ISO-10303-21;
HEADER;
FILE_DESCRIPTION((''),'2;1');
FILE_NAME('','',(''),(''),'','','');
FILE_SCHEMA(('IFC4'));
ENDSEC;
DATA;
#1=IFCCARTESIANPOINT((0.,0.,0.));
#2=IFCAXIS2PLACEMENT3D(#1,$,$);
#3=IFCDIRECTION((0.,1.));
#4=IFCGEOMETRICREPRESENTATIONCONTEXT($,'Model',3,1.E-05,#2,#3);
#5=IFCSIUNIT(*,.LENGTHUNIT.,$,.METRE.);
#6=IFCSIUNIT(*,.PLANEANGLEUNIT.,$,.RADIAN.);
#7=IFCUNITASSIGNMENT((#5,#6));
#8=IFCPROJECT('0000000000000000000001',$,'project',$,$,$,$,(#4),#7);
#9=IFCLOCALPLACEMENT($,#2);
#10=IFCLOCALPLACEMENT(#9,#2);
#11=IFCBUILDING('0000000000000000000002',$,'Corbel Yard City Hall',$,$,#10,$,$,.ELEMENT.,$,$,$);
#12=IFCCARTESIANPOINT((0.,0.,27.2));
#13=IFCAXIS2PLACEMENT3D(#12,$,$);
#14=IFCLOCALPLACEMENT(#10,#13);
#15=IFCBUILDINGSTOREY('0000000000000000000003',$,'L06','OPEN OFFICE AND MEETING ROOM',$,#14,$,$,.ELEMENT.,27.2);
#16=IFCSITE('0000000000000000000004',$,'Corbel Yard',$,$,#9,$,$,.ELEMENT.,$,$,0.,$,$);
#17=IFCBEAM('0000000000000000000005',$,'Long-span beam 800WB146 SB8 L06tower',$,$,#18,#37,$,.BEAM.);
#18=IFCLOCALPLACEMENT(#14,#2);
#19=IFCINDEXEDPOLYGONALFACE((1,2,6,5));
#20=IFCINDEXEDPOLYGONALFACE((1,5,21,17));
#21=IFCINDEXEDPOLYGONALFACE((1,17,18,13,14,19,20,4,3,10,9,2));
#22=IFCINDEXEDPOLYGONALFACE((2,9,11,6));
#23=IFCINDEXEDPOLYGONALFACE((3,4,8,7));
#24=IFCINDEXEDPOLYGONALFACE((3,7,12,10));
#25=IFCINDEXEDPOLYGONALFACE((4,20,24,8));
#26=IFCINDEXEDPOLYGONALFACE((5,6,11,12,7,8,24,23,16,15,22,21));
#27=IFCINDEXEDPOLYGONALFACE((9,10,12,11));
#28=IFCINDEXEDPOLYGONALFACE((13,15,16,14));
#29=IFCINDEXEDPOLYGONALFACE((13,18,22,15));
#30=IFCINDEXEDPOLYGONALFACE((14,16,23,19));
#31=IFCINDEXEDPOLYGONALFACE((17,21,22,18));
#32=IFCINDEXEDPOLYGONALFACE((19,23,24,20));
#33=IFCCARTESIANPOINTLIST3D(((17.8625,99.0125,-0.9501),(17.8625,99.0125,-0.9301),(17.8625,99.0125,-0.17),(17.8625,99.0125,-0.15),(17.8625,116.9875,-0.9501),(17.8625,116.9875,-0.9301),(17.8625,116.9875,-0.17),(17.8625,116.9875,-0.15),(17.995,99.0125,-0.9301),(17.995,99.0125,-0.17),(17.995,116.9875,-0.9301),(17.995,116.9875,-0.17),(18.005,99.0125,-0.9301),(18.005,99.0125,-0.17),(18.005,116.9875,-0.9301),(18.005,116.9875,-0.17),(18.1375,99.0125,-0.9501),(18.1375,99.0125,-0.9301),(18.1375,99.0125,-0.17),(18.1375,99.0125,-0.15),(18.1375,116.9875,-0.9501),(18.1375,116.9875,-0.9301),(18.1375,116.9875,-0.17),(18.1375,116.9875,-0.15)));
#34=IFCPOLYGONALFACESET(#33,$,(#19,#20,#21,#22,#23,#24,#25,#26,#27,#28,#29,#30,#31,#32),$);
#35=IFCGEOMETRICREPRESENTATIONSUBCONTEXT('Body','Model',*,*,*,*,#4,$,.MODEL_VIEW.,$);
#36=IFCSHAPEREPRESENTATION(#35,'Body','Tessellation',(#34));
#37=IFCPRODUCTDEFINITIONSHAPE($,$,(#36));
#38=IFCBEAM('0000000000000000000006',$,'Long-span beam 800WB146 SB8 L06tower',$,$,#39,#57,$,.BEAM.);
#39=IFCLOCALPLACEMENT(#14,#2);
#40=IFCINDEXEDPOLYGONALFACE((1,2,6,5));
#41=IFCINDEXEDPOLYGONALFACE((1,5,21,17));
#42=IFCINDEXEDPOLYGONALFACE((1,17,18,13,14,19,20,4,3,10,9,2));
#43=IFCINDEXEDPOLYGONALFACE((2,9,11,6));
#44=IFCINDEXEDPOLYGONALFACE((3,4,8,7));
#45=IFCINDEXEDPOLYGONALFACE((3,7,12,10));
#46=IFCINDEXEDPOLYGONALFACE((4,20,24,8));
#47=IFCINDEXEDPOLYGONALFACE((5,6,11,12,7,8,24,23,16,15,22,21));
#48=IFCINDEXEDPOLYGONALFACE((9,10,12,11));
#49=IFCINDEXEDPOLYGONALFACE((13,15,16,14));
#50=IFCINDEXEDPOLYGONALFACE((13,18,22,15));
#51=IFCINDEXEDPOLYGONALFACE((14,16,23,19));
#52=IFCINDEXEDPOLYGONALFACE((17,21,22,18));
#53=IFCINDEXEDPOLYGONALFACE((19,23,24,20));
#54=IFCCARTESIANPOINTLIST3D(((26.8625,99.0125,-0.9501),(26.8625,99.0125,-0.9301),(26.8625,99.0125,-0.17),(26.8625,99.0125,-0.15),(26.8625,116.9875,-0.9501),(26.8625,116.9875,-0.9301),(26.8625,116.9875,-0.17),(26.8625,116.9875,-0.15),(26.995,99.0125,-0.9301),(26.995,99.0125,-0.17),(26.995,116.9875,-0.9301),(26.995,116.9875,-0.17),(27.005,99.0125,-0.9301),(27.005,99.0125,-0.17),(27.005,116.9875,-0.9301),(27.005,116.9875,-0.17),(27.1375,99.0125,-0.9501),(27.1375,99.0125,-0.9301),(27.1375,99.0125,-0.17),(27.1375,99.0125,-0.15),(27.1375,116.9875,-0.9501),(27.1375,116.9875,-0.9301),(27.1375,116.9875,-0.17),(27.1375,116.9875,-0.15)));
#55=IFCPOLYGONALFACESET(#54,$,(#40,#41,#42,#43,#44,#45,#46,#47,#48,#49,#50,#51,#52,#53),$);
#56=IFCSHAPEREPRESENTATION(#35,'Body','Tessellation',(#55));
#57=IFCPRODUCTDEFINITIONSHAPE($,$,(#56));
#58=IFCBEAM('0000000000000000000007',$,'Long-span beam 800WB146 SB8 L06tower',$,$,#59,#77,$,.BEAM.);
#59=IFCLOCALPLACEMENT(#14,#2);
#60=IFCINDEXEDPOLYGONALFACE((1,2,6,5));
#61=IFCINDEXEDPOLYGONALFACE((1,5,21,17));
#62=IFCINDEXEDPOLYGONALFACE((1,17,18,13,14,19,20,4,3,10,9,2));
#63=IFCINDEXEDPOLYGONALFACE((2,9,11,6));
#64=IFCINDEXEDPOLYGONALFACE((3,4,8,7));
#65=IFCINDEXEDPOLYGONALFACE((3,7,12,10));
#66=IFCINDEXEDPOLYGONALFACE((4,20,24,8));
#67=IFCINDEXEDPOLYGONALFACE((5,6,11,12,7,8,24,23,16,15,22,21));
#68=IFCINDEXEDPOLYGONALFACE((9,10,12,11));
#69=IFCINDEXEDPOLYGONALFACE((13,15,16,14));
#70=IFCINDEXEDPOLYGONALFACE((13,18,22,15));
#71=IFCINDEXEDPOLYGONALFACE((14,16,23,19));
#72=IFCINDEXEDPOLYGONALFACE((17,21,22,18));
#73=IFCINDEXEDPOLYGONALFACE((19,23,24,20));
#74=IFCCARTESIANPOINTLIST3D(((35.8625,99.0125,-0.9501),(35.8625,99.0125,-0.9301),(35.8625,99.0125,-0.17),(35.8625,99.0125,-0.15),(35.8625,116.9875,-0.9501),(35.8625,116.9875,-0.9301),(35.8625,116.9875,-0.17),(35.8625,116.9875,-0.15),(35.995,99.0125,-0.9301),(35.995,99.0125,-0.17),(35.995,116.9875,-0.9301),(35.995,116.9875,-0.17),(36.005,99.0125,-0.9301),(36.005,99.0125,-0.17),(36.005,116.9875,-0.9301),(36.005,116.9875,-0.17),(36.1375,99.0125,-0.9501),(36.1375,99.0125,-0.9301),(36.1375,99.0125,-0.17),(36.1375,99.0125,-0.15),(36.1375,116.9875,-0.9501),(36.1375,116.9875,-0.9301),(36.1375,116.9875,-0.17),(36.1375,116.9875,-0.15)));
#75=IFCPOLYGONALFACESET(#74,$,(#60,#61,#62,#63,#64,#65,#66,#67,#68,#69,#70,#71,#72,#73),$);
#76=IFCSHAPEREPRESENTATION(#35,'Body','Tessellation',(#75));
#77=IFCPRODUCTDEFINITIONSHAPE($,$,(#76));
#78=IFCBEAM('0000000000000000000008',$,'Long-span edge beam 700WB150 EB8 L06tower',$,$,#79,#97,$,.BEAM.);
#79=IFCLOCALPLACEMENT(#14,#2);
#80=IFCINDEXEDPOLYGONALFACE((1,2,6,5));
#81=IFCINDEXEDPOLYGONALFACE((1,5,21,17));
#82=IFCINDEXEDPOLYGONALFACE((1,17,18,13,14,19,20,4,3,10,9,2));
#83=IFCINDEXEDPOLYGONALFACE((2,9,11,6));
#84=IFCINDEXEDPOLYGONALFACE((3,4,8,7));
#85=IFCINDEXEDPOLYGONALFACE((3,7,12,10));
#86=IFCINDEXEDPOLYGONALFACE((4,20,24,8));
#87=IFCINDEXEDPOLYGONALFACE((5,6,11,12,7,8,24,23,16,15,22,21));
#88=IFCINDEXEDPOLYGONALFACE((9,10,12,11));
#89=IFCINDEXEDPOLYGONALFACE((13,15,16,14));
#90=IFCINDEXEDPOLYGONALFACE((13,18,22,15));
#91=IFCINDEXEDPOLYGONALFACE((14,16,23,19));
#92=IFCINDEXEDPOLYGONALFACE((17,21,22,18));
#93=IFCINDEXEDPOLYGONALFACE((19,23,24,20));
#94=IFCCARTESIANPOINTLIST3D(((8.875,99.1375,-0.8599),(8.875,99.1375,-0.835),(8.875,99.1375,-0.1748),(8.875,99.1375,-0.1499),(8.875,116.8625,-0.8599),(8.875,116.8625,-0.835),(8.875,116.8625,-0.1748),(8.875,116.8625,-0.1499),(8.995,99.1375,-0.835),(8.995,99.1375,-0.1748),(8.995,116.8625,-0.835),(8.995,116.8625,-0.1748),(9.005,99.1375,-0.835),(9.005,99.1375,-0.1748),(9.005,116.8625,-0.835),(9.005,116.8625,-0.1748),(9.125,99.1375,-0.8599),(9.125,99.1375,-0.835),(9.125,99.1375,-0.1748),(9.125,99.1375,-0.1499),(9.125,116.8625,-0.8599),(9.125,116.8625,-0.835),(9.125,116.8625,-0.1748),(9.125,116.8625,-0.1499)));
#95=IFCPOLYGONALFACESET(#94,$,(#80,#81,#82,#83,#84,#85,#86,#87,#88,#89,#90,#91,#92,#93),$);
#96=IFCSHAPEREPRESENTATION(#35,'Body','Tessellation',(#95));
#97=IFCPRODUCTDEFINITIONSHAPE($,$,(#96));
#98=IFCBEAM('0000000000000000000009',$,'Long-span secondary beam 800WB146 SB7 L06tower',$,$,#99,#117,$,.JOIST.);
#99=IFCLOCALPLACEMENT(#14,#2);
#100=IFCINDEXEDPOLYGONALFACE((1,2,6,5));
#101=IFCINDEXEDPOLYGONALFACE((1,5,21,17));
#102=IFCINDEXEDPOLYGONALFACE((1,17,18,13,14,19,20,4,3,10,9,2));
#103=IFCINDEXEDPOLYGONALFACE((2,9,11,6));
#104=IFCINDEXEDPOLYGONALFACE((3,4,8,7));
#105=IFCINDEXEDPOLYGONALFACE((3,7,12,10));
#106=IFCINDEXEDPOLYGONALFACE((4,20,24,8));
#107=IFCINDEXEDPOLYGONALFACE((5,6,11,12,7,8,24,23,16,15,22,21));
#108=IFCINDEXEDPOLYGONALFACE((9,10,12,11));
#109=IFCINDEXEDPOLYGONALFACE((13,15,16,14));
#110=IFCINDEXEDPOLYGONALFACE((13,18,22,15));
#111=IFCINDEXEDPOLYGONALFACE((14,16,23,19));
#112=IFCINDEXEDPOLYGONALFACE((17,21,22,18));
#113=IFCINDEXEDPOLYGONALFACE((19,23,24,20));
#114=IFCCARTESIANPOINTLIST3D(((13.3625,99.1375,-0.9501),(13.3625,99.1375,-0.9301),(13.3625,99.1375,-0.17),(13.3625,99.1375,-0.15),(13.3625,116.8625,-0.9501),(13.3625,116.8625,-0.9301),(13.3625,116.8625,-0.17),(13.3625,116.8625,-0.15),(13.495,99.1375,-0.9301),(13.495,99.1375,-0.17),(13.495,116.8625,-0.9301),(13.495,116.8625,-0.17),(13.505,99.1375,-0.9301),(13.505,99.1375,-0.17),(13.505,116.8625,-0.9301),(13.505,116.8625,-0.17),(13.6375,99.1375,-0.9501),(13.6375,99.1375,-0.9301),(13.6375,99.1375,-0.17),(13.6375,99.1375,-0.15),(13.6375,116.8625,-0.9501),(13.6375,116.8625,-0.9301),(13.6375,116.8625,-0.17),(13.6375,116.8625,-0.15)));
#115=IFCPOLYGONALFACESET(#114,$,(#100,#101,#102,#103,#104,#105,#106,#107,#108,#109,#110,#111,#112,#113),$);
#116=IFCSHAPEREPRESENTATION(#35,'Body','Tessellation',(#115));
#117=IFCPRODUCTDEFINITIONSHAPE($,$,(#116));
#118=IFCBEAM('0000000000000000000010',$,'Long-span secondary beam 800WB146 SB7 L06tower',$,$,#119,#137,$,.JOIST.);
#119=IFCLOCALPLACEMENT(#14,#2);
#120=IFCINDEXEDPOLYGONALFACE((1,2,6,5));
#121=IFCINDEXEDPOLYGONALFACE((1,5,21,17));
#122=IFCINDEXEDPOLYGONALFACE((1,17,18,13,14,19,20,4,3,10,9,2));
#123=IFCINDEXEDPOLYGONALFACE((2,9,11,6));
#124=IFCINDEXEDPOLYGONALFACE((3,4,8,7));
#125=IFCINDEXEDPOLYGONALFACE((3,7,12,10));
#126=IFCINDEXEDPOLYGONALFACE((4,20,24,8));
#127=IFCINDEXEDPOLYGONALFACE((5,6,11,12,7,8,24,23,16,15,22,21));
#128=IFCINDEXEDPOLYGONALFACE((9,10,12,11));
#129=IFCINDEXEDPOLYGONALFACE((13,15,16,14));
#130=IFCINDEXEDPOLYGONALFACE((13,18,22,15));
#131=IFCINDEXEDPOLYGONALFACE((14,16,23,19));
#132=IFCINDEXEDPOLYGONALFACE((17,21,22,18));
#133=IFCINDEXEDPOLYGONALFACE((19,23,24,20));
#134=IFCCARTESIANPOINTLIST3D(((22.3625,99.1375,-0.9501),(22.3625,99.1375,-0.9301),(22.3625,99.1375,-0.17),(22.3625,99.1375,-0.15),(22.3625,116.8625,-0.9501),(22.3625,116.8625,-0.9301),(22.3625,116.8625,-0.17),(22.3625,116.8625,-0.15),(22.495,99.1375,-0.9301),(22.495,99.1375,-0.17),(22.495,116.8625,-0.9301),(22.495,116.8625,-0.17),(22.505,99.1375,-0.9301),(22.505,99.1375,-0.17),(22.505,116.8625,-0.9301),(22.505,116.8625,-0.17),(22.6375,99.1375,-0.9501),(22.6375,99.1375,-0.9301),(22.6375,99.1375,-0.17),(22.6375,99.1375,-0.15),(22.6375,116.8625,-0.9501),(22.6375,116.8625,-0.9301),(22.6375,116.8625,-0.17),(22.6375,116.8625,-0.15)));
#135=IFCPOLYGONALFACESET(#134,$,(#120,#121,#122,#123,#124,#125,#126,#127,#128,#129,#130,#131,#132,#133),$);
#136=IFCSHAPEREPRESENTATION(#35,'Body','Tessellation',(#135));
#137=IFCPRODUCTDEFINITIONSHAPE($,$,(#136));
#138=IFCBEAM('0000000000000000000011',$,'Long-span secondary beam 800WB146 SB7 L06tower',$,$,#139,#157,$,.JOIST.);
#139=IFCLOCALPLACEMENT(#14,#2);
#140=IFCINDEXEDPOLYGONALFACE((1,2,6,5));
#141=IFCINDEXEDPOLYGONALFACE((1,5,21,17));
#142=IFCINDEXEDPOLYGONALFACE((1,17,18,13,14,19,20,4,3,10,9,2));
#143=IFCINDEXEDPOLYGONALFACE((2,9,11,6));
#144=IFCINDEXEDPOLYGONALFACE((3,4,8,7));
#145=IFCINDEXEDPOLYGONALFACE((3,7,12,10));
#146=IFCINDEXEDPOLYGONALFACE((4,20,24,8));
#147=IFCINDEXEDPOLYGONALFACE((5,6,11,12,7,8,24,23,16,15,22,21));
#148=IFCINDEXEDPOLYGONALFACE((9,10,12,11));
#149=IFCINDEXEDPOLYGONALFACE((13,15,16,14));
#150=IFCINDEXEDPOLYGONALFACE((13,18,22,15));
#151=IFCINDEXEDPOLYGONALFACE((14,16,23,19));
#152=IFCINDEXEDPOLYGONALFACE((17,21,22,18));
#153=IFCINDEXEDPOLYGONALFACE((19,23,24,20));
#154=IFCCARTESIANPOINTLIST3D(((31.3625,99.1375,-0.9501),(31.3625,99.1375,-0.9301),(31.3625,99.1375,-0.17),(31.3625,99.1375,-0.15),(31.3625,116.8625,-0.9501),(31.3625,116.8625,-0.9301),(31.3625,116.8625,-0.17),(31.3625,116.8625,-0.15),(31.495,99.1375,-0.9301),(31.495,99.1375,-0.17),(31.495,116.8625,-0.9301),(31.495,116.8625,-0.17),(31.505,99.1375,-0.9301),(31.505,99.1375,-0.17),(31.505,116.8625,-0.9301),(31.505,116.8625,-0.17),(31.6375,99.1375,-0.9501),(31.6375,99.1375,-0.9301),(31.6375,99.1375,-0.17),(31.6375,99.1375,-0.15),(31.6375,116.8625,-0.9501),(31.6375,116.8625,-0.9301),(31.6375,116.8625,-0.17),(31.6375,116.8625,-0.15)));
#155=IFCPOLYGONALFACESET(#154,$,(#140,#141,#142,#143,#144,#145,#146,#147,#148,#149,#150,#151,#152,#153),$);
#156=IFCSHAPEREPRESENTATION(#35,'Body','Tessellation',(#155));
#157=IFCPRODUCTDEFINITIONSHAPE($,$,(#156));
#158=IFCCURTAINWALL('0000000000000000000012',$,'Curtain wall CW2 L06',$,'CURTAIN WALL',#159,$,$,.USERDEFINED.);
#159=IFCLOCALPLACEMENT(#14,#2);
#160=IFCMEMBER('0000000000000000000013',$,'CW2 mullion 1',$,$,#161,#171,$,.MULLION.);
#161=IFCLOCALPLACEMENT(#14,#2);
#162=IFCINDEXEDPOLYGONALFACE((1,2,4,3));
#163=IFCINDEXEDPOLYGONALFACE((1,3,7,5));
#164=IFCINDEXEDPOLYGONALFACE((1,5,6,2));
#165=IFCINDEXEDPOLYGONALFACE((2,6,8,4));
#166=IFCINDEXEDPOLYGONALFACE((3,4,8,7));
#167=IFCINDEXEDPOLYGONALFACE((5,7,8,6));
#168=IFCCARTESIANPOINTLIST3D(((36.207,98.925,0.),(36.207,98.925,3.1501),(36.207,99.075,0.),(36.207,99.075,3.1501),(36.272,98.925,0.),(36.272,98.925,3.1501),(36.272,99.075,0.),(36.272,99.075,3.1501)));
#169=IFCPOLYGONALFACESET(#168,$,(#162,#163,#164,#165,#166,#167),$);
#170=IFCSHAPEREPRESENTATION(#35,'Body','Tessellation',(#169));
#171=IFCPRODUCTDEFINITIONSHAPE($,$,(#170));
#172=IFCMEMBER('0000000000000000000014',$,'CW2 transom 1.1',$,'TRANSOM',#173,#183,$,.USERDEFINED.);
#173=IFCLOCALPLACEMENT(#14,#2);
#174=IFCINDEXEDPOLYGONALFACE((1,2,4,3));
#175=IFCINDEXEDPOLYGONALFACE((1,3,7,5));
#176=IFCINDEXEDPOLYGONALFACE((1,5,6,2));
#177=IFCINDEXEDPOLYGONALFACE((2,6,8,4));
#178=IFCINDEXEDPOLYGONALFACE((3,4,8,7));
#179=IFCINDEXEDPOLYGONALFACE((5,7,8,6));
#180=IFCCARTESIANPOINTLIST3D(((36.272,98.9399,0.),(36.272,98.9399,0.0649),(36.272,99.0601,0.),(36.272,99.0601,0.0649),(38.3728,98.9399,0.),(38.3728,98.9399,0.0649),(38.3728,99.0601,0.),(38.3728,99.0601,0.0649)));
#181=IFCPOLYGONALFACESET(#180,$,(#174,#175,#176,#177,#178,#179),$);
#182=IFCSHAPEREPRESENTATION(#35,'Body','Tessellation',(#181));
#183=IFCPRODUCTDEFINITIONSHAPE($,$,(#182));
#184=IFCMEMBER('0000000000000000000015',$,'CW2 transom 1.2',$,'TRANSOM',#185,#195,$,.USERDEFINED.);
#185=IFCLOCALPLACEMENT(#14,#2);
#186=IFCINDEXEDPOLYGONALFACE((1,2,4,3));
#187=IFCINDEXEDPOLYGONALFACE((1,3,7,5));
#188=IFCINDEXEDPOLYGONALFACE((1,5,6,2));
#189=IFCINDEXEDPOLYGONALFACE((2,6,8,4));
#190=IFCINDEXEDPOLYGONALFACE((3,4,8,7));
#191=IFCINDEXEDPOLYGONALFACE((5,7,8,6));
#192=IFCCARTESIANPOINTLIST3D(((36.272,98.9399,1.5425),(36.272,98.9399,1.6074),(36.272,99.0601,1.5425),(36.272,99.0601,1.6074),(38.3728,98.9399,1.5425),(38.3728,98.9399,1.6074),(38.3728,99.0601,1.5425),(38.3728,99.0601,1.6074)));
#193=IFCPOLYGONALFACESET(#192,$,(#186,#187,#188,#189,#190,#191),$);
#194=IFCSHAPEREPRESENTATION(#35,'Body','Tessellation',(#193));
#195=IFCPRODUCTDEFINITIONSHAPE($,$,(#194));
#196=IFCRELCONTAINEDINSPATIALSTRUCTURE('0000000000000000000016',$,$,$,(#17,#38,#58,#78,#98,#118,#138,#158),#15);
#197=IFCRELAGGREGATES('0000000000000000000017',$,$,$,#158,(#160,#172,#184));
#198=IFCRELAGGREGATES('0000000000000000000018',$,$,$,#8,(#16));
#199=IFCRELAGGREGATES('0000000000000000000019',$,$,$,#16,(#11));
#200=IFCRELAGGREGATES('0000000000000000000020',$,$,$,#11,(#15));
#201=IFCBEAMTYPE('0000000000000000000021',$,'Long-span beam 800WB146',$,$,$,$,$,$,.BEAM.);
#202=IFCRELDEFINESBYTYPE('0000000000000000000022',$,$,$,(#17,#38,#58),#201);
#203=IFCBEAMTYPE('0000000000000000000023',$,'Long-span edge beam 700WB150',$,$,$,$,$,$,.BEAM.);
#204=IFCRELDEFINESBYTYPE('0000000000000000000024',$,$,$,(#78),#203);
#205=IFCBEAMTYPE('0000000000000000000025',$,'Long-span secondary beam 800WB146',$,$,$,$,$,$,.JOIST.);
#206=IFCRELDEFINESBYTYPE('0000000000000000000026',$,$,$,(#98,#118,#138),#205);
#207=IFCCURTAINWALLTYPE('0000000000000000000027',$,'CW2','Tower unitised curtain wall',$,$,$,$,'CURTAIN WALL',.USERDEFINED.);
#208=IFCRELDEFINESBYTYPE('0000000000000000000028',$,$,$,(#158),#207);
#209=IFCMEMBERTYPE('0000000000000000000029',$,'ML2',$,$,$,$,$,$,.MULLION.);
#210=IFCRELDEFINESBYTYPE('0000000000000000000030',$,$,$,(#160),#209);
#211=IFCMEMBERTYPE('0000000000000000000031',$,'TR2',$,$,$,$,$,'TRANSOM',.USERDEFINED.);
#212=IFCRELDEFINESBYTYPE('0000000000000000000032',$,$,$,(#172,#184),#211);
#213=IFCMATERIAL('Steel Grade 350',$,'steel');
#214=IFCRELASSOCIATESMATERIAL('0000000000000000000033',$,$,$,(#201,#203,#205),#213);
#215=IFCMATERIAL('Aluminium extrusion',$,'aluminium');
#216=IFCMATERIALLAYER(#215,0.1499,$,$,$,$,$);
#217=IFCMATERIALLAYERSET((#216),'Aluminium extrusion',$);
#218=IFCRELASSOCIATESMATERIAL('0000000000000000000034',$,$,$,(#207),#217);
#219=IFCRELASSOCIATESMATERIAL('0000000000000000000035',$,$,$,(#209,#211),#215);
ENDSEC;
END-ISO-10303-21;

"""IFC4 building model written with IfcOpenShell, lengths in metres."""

from ifc_helpers import new_model, si_unit, direction, frame, origin, origin_2d, place, context, subcontext, project, spatial, rectangle, i_section, extrude, material, layer, layer_set, material_profile, profile_set, type_object, element, aggregate, save


model = new_model("IFC4")

# Units and contexts
model_context = context("Model", 3, precision=1e-05, world=origin(), true_north=direction((0.0, 1.0)))
body_context = subcontext(model_context, "Body", "Model", "MODEL_VIEW")
ifc_project = project(units=[si_unit("LENGTHUNIT", "METRE"), si_unit("PLANEANGLEUNIT", "RADIAN")], contexts=[model_context])

# Site, building, storey
site_placement = place(None, origin())
site = spatial("IfcSite", under=ifc_project, at=site_placement, Name="Corbel Yard", CompositionType="ELEMENT", RefElevation=0.0)
building_placement = place(site_placement, origin())
building = spatial("IfcBuilding", under=site, at=building_placement, Name="Corbel Yard City Hall", CompositionType="ELEMENT")
storey_placement = place(building_placement, frame((0.0, 0.0, 27.2)))
storey = spatial("IfcBuildingStorey", under=building, at=storey_placement, Name="L06", Description="OPEN OFFICE AND MEETING ROOM", CompositionType="ELEMENT", Elevation=27.2)

# Beams
ifc_material_1 = material(Name="Steel Grade 350", Category="steel")
ifc_material_profile_1 = material_profile(ifc_material_1, i_section(OverallWidth=0.2749, OverallDepth=0.8, WebThickness=0.01, FlangeThickness=0.02, at=origin_2d()), Name="800WB146")
ifc_profile_set_1 = profile_set([ifc_material_profile_1], Name="Steel Grade 350")
beam_type_1 = type_object("IfcBeamType", Name="Long-span beam 800WB146", PredefinedType="BEAM", material=ifc_profile_set_1)
for number, where, z_axis, x_axis, name in (
    (1, (18.0, 99.0125, -0.55), (0.0, 1.0, 0.0), (-1.0, 0.0, 0.0), "Long-span beam 800WB146 SB8 L06tower"),
    (2, (27.0, 99.0125, -0.55), (0.0, 1.0, 0.0), (-1.0, 0.0, 0.0), "Long-span beam 800WB146 SB8 L06tower"),
    (3, (36.0, 99.0125, -0.55), (0.0, 1.0, 0.0), (-1.0, 0.0, 0.0), "Long-span beam 800WB146 SB8 L06tower"),
):
    element("IfcBeam", number, at=place(storey_placement, frame(where, z_axis=z_axis, x_axis=x_axis)), inside=storey, type_object=beam_type_1, Name=name, PredefinedType="BEAM", context=body_context, shape_type="SweptSolid", body=[
        extrude(i_section(OverallWidth=0.2749, OverallDepth=0.8, WebThickness=0.01, FlangeThickness=0.02, at=origin_2d()), origin(), (0.0, 0.0, 1.0), 17.9751),
    ])
ifc_material_profile_2 = material_profile(ifc_material_1, i_section(OverallWidth=0.25, OverallDepth=0.71, WebThickness=0.01, FlangeThickness=0.0249, at=origin_2d()), Name="700WB150")
ifc_profile_set_2 = profile_set([ifc_material_profile_2], Name="Steel Grade 350")
beam_type_2 = type_object("IfcBeamType", Name="Long-span edge beam 700WB150", PredefinedType="BEAM", material=ifc_profile_set_2)
beam_placement = place(storey_placement, frame((9.0, 99.1375, -0.5049), z_axis=(0.0, 1.0, 0.0), x_axis=(-1.0, 0.0, 0.0)))
element("IfcBeam", 4, at=beam_placement, inside=storey, type_object=beam_type_2, Name="Long-span edge beam 700WB150 EB8 L06tower", PredefinedType="BEAM", context=body_context, shape_type="SweptSolid", body=[
    extrude(i_section(OverallWidth=0.25, OverallDepth=0.71, WebThickness=0.01, FlangeThickness=0.0249, at=origin_2d()), origin(), (0.0, 0.0, 1.0), 17.7251),
])
ifc_material_profile_3 = material_profile(ifc_material_1, i_section(OverallWidth=0.2749, OverallDepth=0.8, WebThickness=0.01, FlangeThickness=0.02, at=origin_2d()), Name="800WB146")
ifc_profile_set_3 = profile_set([ifc_material_profile_3], Name="Steel Grade 350")
beam_type_3 = type_object("IfcBeamType", Name="Long-span secondary beam 800WB146", PredefinedType="JOIST", material=ifc_profile_set_3)
for number, where, z_axis, x_axis, name in (
    (5, (13.5, 99.1375, -0.55), (0.0, 1.0, 0.0), (-1.0, 0.0, 0.0), "Long-span secondary beam 800WB146 SB7 L06tower"),
    (6, (22.5, 99.1375, -0.55), (0.0, 1.0, 0.0), (-1.0, 0.0, 0.0), "Long-span secondary beam 800WB146 SB7 L06tower"),
    (7, (31.5, 99.1375, -0.55), (0.0, 1.0, 0.0), (-1.0, 0.0, 0.0), "Long-span secondary beam 800WB146 SB7 L06tower"),
):
    element("IfcBeam", number, at=place(storey_placement, frame(where, z_axis=z_axis, x_axis=x_axis)), inside=storey, type_object=beam_type_3, Name=name, PredefinedType="JOIST", context=body_context, shape_type="SweptSolid", body=[
        extrude(i_section(OverallWidth=0.2749, OverallDepth=0.8, WebThickness=0.01, FlangeThickness=0.02, at=origin_2d()), origin(), (0.0, 0.0, 1.0), 17.7251),
    ])

# Curtain wall, members
ifc_material_2 = material(Name="Aluminium extrusion", Category="aluminium")
ifc_layer_1 = layer(ifc_material_2, 0.1499)
ifc_layer_set_1 = layer_set([ifc_layer_1], Name="Aluminium extrusion")
curtain_wall_type = type_object("IfcCurtainWallType", Name="CW2", Description="Tower unitised curtain wall", ElementType="CURTAIN WALL", PredefinedType="USERDEFINED", material=ifc_layer_set_1)
curtain_wall_1_placement = place(storey_placement, origin())
curtain_wall_1 = element("IfcCurtainWall", 8, at=curtain_wall_1_placement, inside=storey, type_object=curtain_wall_type, Name="Curtain wall CW2 L06", ObjectType="CURTAIN WALL", PredefinedType="USERDEFINED")
ifc_material_profile_4 = material_profile(ifc_material_2, rectangle(XDim=0.1499, YDim=0.0649, at=origin_2d()), Name="150x65")
ifc_profile_set_4 = profile_set([ifc_material_profile_4], Name="Aluminium extrusion")
member_type_1 = type_object("IfcMemberType", Name="ML2", PredefinedType="MULLION", material=ifc_profile_set_4)
member_1_placement = place(storey_placement, frame((36.2395, 99.0, 0.0), z_axis=(0.0, 0.0, 1.0), x_axis=(0.0, 1.0, 0.0)))
member_1 = element("IfcMember", 9, at=member_1_placement, type_object=member_type_1, Name="CW2 mullion 1", PredefinedType="MULLION", context=body_context, shape_type="SweptSolid", body=[
    extrude(rectangle(XDim=0.1499, YDim=0.0649, at=origin_2d()), origin(), (0.0, 0.0, 1.0), 3.1501),
])
ifc_material_profile_5 = material_profile(ifc_material_2, rectangle(XDim=0.1201, YDim=0.0649, at=origin_2d()), Name="120x65")
ifc_profile_set_5 = profile_set([ifc_material_profile_5], Name="Aluminium extrusion")
member_type_2 = type_object("IfcMemberType", Name="TR2", ElementType="TRANSOM", PredefinedType="USERDEFINED", material=ifc_profile_set_5)
member_2_placement = place(storey_placement, frame((36.272, 99.0, 0.0325), z_axis=(1.0, 0.0, 0.0), x_axis=(0.0, 1.0, 0.0)))
member_2 = element("IfcMember", 10, at=member_2_placement, type_object=member_type_2, Name="CW2 transom 1.1", ObjectType="TRANSOM", PredefinedType="USERDEFINED", context=body_context, shape_type="SweptSolid", body=[
    extrude(rectangle(XDim=0.1201, YDim=0.0649, at=origin_2d()), origin(), (0.0, 0.0, 1.0), 2.1008),
])
member_3_placement = place(storey_placement, frame((36.272, 99.0, 1.575), z_axis=(1.0, 0.0, 0.0), x_axis=(0.0, 1.0, 0.0)))
member_3 = element("IfcMember", 11, at=member_3_placement, type_object=member_type_2, Name="CW2 transom 1.2", ObjectType="TRANSOM", PredefinedType="USERDEFINED", context=body_context, shape_type="SweptSolid", body=[
    extrude(rectangle(XDim=0.1201, YDim=0.0649, at=origin_2d()), origin(), (0.0, 0.0, 1.0), 2.1008),
])
aggregate(curtain_wall_1, [member_1, member_2, member_3])

save(model, "model.ifc")
